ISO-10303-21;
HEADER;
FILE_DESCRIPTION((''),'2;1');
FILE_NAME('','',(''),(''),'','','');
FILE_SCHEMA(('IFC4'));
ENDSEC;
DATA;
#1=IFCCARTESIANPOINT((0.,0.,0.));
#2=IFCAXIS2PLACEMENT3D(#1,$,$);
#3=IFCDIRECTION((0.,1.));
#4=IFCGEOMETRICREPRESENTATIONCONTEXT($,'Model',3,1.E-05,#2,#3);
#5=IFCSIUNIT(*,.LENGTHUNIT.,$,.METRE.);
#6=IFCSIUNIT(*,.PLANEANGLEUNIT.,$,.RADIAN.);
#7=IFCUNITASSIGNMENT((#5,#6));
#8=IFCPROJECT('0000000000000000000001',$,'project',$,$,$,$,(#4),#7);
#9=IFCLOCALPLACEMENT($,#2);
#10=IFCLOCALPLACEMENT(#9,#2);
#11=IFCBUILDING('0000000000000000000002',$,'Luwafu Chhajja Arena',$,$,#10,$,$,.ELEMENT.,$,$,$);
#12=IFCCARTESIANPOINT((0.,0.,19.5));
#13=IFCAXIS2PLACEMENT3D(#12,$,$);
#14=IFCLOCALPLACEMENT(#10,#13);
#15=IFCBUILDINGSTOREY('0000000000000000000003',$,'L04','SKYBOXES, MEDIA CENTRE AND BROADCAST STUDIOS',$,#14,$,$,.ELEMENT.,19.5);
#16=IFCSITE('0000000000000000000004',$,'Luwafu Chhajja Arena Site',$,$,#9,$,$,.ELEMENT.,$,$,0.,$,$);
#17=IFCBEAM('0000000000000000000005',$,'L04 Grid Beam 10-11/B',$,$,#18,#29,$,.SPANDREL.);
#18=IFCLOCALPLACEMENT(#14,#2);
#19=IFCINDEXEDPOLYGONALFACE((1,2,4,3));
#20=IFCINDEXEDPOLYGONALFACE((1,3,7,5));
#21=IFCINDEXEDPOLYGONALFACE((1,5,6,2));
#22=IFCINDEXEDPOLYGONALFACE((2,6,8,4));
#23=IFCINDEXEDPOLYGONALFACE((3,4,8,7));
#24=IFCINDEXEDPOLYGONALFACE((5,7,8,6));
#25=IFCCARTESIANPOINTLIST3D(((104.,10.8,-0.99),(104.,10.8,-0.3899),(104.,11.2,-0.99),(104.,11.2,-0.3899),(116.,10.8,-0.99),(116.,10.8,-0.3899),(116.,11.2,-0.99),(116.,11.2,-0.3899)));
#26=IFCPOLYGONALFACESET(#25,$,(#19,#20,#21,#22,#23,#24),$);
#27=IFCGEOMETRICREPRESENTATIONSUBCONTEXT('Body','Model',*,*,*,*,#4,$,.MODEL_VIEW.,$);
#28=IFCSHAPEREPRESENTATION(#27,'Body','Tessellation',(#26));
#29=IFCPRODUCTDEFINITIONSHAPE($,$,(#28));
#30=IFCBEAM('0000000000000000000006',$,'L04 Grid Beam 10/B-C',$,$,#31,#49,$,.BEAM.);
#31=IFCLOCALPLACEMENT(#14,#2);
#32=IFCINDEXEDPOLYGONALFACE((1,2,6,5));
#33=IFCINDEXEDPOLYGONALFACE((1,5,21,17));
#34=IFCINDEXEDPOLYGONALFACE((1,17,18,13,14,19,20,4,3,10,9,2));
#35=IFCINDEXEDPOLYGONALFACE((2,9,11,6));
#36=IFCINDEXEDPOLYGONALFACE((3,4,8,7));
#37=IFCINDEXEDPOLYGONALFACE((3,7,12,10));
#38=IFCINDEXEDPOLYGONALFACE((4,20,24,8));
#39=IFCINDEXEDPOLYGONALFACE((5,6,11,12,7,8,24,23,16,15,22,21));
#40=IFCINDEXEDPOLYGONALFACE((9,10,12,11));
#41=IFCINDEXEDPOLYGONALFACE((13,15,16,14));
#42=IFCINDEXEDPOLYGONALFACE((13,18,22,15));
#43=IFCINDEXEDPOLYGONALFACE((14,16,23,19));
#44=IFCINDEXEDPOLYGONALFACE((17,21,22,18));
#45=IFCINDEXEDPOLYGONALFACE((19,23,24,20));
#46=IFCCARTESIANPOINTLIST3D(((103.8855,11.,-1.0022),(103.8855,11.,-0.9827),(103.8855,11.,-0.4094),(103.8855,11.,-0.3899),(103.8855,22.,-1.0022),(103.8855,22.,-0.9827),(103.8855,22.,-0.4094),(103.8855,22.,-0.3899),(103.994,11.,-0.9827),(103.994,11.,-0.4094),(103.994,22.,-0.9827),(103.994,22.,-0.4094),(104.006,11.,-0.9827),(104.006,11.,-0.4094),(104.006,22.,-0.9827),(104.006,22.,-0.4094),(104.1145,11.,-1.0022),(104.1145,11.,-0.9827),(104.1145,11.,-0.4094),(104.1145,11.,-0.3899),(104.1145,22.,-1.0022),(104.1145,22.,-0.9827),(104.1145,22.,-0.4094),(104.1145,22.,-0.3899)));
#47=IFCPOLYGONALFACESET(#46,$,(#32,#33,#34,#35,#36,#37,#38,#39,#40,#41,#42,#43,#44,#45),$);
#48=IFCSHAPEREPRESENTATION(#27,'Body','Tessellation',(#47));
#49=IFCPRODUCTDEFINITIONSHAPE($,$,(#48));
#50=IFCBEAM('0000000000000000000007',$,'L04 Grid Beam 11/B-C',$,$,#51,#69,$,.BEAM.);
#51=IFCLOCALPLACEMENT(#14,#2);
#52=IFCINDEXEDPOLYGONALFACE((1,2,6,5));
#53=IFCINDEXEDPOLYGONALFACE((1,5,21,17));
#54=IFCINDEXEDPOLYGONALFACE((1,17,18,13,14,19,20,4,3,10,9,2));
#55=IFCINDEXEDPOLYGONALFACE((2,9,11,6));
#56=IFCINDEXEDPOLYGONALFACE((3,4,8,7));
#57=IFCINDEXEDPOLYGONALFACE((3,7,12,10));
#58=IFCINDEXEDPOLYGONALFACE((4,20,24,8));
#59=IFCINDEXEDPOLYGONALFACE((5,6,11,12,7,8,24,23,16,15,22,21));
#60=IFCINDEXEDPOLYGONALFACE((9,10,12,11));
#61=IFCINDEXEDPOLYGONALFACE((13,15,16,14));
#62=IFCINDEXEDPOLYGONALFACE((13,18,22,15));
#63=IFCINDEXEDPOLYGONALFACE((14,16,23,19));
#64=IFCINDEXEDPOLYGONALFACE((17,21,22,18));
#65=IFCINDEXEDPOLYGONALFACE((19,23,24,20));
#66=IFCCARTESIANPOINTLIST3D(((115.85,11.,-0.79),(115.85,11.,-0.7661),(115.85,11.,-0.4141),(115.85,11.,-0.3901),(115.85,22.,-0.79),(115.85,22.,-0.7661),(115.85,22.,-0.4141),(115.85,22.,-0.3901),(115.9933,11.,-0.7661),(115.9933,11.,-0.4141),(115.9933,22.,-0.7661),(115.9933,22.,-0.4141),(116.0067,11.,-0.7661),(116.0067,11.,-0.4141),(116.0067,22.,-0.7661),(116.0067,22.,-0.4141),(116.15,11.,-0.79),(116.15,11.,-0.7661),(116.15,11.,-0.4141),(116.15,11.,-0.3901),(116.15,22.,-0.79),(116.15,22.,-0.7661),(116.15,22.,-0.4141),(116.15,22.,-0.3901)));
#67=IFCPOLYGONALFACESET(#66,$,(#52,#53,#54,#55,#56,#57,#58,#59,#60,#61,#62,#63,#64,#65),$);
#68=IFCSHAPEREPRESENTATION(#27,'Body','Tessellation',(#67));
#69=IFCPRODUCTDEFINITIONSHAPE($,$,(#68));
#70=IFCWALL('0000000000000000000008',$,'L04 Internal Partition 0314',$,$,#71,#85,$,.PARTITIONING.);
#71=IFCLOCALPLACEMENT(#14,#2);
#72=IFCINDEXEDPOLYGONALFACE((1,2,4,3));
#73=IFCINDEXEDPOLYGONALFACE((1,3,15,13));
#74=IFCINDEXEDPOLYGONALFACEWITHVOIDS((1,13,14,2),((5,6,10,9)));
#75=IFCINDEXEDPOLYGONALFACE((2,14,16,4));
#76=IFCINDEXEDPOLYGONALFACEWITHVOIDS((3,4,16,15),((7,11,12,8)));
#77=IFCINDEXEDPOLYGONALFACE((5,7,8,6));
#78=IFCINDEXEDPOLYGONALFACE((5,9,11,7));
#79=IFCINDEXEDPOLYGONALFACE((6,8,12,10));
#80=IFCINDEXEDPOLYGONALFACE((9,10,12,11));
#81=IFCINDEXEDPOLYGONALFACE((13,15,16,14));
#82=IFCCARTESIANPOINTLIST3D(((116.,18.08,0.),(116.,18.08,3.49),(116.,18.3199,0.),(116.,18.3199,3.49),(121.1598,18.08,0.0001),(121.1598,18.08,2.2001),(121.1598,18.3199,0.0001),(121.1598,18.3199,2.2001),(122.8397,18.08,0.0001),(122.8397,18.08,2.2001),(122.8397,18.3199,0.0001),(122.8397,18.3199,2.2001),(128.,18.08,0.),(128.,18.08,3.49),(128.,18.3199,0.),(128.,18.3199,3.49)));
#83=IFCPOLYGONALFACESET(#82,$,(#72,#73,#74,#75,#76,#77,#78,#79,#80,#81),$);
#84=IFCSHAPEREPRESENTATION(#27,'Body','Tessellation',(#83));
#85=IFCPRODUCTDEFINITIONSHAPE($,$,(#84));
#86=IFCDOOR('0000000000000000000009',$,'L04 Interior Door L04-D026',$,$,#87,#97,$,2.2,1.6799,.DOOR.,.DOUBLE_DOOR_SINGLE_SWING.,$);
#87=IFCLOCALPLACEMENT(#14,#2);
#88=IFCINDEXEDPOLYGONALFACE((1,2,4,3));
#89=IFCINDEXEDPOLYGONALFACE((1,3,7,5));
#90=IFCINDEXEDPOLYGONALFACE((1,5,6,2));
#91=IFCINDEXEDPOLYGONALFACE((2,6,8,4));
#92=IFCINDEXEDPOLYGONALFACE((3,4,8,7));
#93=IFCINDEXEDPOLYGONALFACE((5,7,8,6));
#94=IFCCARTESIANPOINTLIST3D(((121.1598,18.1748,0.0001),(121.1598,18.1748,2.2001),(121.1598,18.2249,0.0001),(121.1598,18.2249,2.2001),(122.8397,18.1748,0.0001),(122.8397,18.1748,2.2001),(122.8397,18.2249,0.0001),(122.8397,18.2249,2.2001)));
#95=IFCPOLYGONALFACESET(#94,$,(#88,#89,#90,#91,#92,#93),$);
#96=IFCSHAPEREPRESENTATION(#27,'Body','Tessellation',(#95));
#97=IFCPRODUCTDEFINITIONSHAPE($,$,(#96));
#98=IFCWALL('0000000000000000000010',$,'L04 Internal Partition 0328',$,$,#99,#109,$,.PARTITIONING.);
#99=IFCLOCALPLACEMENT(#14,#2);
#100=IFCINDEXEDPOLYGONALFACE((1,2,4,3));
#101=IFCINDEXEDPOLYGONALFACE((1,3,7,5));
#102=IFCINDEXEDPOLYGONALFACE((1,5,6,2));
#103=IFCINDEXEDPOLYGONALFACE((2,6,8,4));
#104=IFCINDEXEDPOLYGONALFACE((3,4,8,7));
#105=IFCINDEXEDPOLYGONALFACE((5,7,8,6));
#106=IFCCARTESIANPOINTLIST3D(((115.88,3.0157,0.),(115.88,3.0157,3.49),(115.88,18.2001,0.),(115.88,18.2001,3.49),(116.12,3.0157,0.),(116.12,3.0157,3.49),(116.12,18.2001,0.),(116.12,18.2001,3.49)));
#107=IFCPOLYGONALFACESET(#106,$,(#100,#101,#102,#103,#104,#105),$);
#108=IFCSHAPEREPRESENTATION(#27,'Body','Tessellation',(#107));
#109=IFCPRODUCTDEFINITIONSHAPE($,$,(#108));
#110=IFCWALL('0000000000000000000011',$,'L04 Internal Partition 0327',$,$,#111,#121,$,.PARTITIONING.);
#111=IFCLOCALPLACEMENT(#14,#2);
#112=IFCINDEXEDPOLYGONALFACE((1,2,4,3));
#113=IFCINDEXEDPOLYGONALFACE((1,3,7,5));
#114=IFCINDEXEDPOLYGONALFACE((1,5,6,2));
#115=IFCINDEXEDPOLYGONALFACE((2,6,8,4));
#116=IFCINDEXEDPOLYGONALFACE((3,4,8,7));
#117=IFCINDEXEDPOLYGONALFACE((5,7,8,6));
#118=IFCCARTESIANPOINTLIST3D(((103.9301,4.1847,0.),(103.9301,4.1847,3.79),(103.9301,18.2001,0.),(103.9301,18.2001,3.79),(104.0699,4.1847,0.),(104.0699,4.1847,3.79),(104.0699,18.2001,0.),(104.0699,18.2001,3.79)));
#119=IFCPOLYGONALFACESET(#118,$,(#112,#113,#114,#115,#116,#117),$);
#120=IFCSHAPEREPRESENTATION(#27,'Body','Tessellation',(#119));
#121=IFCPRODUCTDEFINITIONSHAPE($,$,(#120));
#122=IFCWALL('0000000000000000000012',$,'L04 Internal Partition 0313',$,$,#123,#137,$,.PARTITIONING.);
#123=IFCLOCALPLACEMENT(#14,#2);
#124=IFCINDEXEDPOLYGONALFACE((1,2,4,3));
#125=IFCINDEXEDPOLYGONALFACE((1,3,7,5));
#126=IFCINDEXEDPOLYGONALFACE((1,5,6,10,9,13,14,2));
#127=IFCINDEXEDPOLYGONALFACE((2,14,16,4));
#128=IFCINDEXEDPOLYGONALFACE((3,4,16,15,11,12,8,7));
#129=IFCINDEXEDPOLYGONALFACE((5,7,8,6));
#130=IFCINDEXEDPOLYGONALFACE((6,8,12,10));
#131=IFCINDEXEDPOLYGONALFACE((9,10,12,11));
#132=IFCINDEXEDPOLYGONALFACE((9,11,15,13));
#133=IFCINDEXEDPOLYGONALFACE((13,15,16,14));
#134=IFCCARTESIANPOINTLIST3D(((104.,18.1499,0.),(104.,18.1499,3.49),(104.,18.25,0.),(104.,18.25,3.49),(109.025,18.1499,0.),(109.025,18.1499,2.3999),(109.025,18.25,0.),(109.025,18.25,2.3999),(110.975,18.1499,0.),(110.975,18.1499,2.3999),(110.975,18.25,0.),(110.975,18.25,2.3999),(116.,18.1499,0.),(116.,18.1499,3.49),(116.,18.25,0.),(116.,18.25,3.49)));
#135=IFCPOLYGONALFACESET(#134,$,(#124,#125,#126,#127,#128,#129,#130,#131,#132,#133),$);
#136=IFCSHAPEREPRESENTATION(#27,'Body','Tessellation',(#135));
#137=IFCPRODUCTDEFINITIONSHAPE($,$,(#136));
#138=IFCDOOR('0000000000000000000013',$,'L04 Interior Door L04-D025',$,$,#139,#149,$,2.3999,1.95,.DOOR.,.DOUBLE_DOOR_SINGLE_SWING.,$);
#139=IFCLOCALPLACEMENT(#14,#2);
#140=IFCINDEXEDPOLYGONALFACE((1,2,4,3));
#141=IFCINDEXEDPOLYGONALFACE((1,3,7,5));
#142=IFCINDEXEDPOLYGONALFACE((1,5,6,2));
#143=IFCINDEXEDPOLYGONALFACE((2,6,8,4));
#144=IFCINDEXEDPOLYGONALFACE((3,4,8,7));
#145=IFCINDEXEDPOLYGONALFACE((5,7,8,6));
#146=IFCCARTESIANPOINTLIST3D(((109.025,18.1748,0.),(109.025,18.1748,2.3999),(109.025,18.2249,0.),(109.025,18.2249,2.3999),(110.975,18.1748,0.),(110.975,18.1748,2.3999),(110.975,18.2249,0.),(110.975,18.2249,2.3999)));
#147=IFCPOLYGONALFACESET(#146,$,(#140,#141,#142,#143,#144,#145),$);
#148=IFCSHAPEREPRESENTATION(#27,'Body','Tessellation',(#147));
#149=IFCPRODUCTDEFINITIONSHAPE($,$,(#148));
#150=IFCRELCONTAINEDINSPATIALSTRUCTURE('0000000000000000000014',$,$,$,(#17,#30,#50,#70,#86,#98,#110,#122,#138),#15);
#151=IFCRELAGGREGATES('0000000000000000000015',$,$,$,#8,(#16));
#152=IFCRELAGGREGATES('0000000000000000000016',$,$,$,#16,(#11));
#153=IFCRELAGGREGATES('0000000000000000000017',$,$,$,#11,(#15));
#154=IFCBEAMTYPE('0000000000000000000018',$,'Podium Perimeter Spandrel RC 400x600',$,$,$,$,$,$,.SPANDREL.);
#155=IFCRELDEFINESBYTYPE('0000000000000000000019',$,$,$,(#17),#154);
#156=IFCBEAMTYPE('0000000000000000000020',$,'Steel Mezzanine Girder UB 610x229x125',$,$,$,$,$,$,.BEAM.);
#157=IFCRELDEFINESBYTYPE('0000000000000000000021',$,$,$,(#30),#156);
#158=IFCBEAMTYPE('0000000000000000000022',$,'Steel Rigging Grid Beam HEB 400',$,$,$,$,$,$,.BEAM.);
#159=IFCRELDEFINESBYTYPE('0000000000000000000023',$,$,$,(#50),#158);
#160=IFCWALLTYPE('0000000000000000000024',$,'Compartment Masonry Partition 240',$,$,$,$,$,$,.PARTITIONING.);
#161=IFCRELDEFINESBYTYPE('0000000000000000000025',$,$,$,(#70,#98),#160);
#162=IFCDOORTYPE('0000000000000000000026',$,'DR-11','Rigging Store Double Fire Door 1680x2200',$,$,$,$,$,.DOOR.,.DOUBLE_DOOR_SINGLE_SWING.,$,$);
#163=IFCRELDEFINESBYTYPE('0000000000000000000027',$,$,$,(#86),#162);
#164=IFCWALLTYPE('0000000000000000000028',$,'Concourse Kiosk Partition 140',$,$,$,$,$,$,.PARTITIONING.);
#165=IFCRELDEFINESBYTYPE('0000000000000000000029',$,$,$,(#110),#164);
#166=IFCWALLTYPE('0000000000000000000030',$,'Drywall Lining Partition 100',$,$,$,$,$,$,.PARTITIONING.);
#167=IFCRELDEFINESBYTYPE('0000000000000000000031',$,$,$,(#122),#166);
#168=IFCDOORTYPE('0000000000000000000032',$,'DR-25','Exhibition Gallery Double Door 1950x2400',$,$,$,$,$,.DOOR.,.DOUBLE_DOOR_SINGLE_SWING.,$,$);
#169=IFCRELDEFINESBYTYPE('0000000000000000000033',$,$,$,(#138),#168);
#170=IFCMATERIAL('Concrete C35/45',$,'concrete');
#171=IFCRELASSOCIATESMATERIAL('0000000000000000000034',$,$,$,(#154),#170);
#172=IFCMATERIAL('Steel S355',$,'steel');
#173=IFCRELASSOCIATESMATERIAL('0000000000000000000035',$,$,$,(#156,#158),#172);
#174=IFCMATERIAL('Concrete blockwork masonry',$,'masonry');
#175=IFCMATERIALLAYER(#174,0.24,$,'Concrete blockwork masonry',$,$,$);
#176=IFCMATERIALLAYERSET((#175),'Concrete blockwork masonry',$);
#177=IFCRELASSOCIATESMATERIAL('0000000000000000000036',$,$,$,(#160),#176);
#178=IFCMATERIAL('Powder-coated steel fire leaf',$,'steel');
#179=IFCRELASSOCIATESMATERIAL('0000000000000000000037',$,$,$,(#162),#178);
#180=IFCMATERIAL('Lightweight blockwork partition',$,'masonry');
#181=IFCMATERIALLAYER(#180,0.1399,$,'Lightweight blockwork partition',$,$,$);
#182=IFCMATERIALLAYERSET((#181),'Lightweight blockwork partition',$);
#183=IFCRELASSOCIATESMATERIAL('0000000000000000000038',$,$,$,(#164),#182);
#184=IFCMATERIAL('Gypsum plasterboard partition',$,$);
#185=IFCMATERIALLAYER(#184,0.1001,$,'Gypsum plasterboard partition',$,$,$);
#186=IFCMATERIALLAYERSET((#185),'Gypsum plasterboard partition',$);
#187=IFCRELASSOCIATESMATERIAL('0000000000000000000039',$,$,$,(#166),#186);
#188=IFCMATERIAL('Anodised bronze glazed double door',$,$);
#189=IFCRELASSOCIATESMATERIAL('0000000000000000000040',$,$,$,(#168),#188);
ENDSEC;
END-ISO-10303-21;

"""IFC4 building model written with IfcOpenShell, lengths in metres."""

from ifc_helpers import new_model, si_unit, direction, frame, frame_2d, origin, origin_2d, place, context, subcontext, project, spatial, rectangle, i_section, extrude, material, layer, layer_set, material_profile, profile_set, type_object, element, fill, save


model = new_model("IFC4")

# Units and contexts
model_context = context("Model", 3, precision=1e-05, world=origin(), true_north=direction((0.0, 1.0)))
body_context = subcontext(model_context, "Body", "Model", "MODEL_VIEW")
ifc_project = project(units=[si_unit("LENGTHUNIT", "METRE"), si_unit("PLANEANGLEUNIT", "RADIAN")], contexts=[model_context])

# Site, building, storey
site_placement = place(None, origin())
site = spatial("IfcSite", under=ifc_project, at=site_placement, Name="Luwafu Chhajja Arena Site", CompositionType="ELEMENT", RefElevation=0.0)
building_placement = place(site_placement, origin())
building = spatial("IfcBuilding", under=site, at=building_placement, Name="Luwafu Chhajja Arena", CompositionType="ELEMENT")
storey_placement = place(building_placement, frame((0.0, 0.0, 19.5)))
storey = spatial("IfcBuildingStorey", under=building, at=storey_placement, Name="L04", Description="SKYBOXES, MEDIA CENTRE AND BROADCAST STUDIOS", CompositionType="ELEMENT", Elevation=19.5)

# Shared definitions
ifc_material_1 = material(Name="Concrete C35/45", Category="concrete")
ifc_material_2 = material(Name="Steel S355", Category="steel")

# Beams
ifc_material_profile_1 = material_profile(ifc_material_1, rectangle(XDim=0.3999, YDim=0.6001, at=origin_2d()), Name="RC 400x600")
ifc_profile_set_1 = profile_set([ifc_material_profile_1], Name="Concrete C35/45")
beam_type_1 = type_object("IfcBeamType", Name="Podium Perimeter Spandrel RC 400x600", PredefinedType="SPANDREL", material=ifc_profile_set_1)
beam_1_placement = place(storey_placement, frame((104.0, 11.0, -0.6899), z_axis=(1.0, 0.0, 0.0), x_axis=(0.0, 1.0, 0.0)))
element("IfcBeam", 1, at=beam_1_placement, inside=storey, type_object=beam_type_1, Name="L04 Grid Beam 10-11/B", PredefinedType="SPANDREL", context=body_context, shape_type="SweptSolid", body=[
    extrude(rectangle(XDim=0.3999, YDim=0.6001, at=origin_2d()), origin(), (0.0, 0.0, 1.0), 12.0),
])
ifc_material_profile_2 = material_profile(ifc_material_2, i_section(OverallWidth=0.229, OverallDepth=0.6123, WebThickness=0.012, FlangeThickness=0.0195, at=origin_2d()), Name="UB 610x229x125")
ifc_profile_set_2 = profile_set([ifc_material_profile_2], Name="Steel S355")
beam_type_2 = type_object("IfcBeamType", Name="Steel Mezzanine Girder UB 610x229x125", PredefinedType="BEAM", material=ifc_profile_set_2)
beam_2_placement = place(storey_placement, frame((104.0, 11.0, -0.696), z_axis=(0.0, 1.0, 0.0), x_axis=(-1.0, 0.0, 0.0)))
element("IfcBeam", 2, at=beam_2_placement, inside=storey, type_object=beam_type_2, Name="L04 Grid Beam 10/B-C", PredefinedType="BEAM", context=body_context, shape_type="SweptSolid", body=[
    extrude(i_section(OverallWidth=0.229, OverallDepth=0.6123, WebThickness=0.012, FlangeThickness=0.0195, at=origin_2d()), origin(), (0.0, 0.0, 1.0), 11.0),
])
ifc_material_profile_3 = material_profile(ifc_material_2, i_section(OverallWidth=0.3, OverallDepth=0.3999, WebThickness=0.0134, FlangeThickness=0.0239, at=origin_2d()), Name="HEB 400")
ifc_profile_set_3 = profile_set([ifc_material_profile_3], Name="Steel S355")
beam_type_3 = type_object("IfcBeamType", Name="Steel Rigging Grid Beam HEB 400", PredefinedType="BEAM", material=ifc_profile_set_3)
beam_3_placement = place(storey_placement, frame((116.0, 11.0, -0.5901), z_axis=(0.0, 1.0, 0.0), x_axis=(-1.0, 0.0, 0.0)))
element("IfcBeam", 3, at=beam_3_placement, inside=storey, type_object=beam_type_3, Name="L04 Grid Beam 11/B-C", PredefinedType="BEAM", context=body_context, shape_type="SweptSolid", body=[
    extrude(i_section(OverallWidth=0.3, OverallDepth=0.3999, WebThickness=0.0134, FlangeThickness=0.0239, at=origin_2d()), origin(), (0.0, 0.0, 1.0), 11.0),
])

# Wall, opening, door
ifc_material_3 = material(Name="Concrete blockwork masonry", Category="masonry")
ifc_layer_1 = layer(ifc_material_3, 0.24, Name="Concrete blockwork masonry")
ifc_layer_set_1 = layer_set([ifc_layer_1], Name="Concrete blockwork masonry")
wall_type_1 = type_object("IfcWallType", Name="Compartment Masonry Partition 240", PredefinedType="PARTITIONING", material=ifc_layer_set_1)
wall_1_placement = place(storey_placement, frame((116.0, 18.2, 0.0), z_axis=(0.0, 0.0, 1.0), x_axis=(1.0, 0.0, 0.0)))
wall_1 = element("IfcWall", 4, at=wall_1_placement, inside=storey, type_object=wall_type_1, Name="L04 Internal Partition 0314", PredefinedType="PARTITIONING", context=body_context, shape_type="SweptSolid", body=[
    extrude(rectangle(XDim=12.0, YDim=0.24, at=frame_2d((6.0, 0.0))), origin(), (0.0, 0.0, 1.0), 3.49),
])
opening_1_placement = place(wall_1_placement, frame((5.1599, 0.0, 0.0)))
opening_1 = element("IfcOpeningElement", 5, at=opening_1_placement, cuts=wall_1, PredefinedType="OPENING", context=body_context, shape_type="SweptSolid", body=[
    extrude(rectangle(XDim=1.6799, YDim=2.2, at=frame_2d((0.8398, 1.1001))), frame((0.0, 0.1299, 0.0), z_axis=(0.0, -1.0, 0.0), x_axis=(1.0, 0.0, 0.0)), (0.0, 0.0, 1.0), 0.26),
])
ifc_material_4 = material(Name="Powder-coated steel fire leaf", Category="steel")
door_type_1 = type_object("IfcDoorType", Name="DR-11", Description="Rigging Store Double Fire Door 1680x2200", OperationType="DOUBLE_DOOR_SINGLE_SWING", PredefinedType="DOOR", material=ifc_material_4)
door_1_placement = place(opening_1_placement, origin())
door_1 = element("IfcDoor", 6, at=door_1_placement, inside=storey, type_object=door_type_1, Name="L04 Interior Door L04-D026", OperationType="DOUBLE_DOOR_SINGLE_SWING", OverallHeight=2.2, OverallWidth=1.6799, PredefinedType="DOOR", context=body_context, shape_type="SweptSolid", body=[
    extrude(rectangle(XDim=1.6799, YDim=2.2, at=frame_2d((0.8398, 1.1001))), frame((0.0, 0.0249, 0.0), z_axis=(0.0, -1.0, 0.0), x_axis=(1.0, 0.0, 0.0)), (0.0, 0.0, 1.0), 0.05),
])
fill(opening_1, door_1)

# Walls
wall_2_placement = place(storey_placement, frame((116.0, 3.0156, 0.0), z_axis=(0.0, 0.0, 1.0), x_axis=(0.0, 1.0, 0.0)))
element("IfcWall", 7, at=wall_2_placement, inside=storey, type_object=wall_type_1, Name="L04 Internal Partition 0328", PredefinedType="PARTITIONING", context=body_context, shape_type="SweptSolid", body=[
    extrude(rectangle(XDim=15.1843, YDim=0.24, at=frame_2d((7.5923, 0.0))), origin(), (0.0, 0.0, 1.0), 3.49),
])
ifc_material_5 = material(Name="Lightweight blockwork partition", Category="masonry")
ifc_layer_2 = layer(ifc_material_5, 0.1399, Name="Lightweight blockwork partition")
ifc_layer_set_2 = layer_set([ifc_layer_2], Name="Lightweight blockwork partition")
wall_type_2 = type_object("IfcWallType", Name="Concourse Kiosk Partition 140", PredefinedType="PARTITIONING", material=ifc_layer_set_2)
wall_3_placement = place(storey_placement, frame((104.0, 4.1846, 0.0), z_axis=(0.0, 0.0, 1.0), x_axis=(0.0, 1.0, 0.0)))
element("IfcWall", 8, at=wall_3_placement, inside=storey, type_object=wall_type_2, Name="L04 Internal Partition 0327", PredefinedType="PARTITIONING", context=body_context, shape_type="SweptSolid", body=[
    extrude(rectangle(XDim=14.0154, YDim=0.1399, at=frame_2d((7.0078, 0.0))), origin(), (0.0, 0.0, 1.0), 3.79),
])

# Wall, opening, door
ifc_material_6 = material(Name="Gypsum plasterboard partition")
ifc_layer_3 = layer(ifc_material_6, 0.1001, Name="Gypsum plasterboard partition")
ifc_layer_set_3 = layer_set([ifc_layer_3], Name="Gypsum plasterboard partition")
wall_type_3 = type_object("IfcWallType", Name="Drywall Lining Partition 100", PredefinedType="PARTITIONING", material=ifc_layer_set_3)
wall_4_placement = place(storey_placement, frame((104.0, 18.2, 0.0), z_axis=(0.0, 0.0, 1.0), x_axis=(1.0, 0.0, 0.0)))
wall_4 = element("IfcWall", 9, at=wall_4_placement, inside=storey, type_object=wall_type_3, Name="L04 Internal Partition 0313", PredefinedType="PARTITIONING", context=body_context, shape_type="SweptSolid", body=[
    extrude(rectangle(XDim=12.0, YDim=0.1001, at=frame_2d((6.0, 0.0))), origin(), (0.0, 0.0, 1.0), 3.49),
])
opening_2_placement = place(wall_4_placement, frame((5.0249, 0.0, 0.0)))
opening_2 = element("IfcOpeningElement", 10, at=opening_2_placement, cuts=wall_4, PredefinedType="OPENING", context=body_context, shape_type="SweptSolid", body=[
    extrude(rectangle(XDim=1.95, YDim=2.3999, at=frame_2d((0.9751, 1.2))), frame((0.0, 0.0601, 0.0), z_axis=(0.0, -1.0, 0.0), x_axis=(1.0, 0.0, 0.0)), (0.0, 0.0, 1.0), 0.1201),
])
ifc_material_7 = material(Name="Anodised bronze glazed double door")
door_type_2 = type_object("IfcDoorType", Name="DR-25", Description="Exhibition Gallery Double Door 1950x2400", OperationType="DOUBLE_DOOR_SINGLE_SWING", PredefinedType="DOOR", material=ifc_material_7)
door_2_placement = place(opening_2_placement, origin())
door_2 = element("IfcDoor", 11, at=door_2_placement, inside=storey, type_object=door_type_2, Name="L04 Interior Door L04-D025", OperationType="DOUBLE_DOOR_SINGLE_SWING", OverallHeight=2.3999, OverallWidth=1.95, PredefinedType="DOOR", context=body_context, shape_type="SweptSolid", body=[
    extrude(rectangle(XDim=1.95, YDim=2.3999, at=frame_2d((0.9751, 1.2))), frame((0.0, 0.0249, 0.0), z_axis=(0.0, -1.0, 0.0), x_axis=(1.0, 0.0, 0.0)), (0.0, 0.0, 1.0), 0.05),
])
fill(opening_2, door_2)

save(model, "model.ifc")
